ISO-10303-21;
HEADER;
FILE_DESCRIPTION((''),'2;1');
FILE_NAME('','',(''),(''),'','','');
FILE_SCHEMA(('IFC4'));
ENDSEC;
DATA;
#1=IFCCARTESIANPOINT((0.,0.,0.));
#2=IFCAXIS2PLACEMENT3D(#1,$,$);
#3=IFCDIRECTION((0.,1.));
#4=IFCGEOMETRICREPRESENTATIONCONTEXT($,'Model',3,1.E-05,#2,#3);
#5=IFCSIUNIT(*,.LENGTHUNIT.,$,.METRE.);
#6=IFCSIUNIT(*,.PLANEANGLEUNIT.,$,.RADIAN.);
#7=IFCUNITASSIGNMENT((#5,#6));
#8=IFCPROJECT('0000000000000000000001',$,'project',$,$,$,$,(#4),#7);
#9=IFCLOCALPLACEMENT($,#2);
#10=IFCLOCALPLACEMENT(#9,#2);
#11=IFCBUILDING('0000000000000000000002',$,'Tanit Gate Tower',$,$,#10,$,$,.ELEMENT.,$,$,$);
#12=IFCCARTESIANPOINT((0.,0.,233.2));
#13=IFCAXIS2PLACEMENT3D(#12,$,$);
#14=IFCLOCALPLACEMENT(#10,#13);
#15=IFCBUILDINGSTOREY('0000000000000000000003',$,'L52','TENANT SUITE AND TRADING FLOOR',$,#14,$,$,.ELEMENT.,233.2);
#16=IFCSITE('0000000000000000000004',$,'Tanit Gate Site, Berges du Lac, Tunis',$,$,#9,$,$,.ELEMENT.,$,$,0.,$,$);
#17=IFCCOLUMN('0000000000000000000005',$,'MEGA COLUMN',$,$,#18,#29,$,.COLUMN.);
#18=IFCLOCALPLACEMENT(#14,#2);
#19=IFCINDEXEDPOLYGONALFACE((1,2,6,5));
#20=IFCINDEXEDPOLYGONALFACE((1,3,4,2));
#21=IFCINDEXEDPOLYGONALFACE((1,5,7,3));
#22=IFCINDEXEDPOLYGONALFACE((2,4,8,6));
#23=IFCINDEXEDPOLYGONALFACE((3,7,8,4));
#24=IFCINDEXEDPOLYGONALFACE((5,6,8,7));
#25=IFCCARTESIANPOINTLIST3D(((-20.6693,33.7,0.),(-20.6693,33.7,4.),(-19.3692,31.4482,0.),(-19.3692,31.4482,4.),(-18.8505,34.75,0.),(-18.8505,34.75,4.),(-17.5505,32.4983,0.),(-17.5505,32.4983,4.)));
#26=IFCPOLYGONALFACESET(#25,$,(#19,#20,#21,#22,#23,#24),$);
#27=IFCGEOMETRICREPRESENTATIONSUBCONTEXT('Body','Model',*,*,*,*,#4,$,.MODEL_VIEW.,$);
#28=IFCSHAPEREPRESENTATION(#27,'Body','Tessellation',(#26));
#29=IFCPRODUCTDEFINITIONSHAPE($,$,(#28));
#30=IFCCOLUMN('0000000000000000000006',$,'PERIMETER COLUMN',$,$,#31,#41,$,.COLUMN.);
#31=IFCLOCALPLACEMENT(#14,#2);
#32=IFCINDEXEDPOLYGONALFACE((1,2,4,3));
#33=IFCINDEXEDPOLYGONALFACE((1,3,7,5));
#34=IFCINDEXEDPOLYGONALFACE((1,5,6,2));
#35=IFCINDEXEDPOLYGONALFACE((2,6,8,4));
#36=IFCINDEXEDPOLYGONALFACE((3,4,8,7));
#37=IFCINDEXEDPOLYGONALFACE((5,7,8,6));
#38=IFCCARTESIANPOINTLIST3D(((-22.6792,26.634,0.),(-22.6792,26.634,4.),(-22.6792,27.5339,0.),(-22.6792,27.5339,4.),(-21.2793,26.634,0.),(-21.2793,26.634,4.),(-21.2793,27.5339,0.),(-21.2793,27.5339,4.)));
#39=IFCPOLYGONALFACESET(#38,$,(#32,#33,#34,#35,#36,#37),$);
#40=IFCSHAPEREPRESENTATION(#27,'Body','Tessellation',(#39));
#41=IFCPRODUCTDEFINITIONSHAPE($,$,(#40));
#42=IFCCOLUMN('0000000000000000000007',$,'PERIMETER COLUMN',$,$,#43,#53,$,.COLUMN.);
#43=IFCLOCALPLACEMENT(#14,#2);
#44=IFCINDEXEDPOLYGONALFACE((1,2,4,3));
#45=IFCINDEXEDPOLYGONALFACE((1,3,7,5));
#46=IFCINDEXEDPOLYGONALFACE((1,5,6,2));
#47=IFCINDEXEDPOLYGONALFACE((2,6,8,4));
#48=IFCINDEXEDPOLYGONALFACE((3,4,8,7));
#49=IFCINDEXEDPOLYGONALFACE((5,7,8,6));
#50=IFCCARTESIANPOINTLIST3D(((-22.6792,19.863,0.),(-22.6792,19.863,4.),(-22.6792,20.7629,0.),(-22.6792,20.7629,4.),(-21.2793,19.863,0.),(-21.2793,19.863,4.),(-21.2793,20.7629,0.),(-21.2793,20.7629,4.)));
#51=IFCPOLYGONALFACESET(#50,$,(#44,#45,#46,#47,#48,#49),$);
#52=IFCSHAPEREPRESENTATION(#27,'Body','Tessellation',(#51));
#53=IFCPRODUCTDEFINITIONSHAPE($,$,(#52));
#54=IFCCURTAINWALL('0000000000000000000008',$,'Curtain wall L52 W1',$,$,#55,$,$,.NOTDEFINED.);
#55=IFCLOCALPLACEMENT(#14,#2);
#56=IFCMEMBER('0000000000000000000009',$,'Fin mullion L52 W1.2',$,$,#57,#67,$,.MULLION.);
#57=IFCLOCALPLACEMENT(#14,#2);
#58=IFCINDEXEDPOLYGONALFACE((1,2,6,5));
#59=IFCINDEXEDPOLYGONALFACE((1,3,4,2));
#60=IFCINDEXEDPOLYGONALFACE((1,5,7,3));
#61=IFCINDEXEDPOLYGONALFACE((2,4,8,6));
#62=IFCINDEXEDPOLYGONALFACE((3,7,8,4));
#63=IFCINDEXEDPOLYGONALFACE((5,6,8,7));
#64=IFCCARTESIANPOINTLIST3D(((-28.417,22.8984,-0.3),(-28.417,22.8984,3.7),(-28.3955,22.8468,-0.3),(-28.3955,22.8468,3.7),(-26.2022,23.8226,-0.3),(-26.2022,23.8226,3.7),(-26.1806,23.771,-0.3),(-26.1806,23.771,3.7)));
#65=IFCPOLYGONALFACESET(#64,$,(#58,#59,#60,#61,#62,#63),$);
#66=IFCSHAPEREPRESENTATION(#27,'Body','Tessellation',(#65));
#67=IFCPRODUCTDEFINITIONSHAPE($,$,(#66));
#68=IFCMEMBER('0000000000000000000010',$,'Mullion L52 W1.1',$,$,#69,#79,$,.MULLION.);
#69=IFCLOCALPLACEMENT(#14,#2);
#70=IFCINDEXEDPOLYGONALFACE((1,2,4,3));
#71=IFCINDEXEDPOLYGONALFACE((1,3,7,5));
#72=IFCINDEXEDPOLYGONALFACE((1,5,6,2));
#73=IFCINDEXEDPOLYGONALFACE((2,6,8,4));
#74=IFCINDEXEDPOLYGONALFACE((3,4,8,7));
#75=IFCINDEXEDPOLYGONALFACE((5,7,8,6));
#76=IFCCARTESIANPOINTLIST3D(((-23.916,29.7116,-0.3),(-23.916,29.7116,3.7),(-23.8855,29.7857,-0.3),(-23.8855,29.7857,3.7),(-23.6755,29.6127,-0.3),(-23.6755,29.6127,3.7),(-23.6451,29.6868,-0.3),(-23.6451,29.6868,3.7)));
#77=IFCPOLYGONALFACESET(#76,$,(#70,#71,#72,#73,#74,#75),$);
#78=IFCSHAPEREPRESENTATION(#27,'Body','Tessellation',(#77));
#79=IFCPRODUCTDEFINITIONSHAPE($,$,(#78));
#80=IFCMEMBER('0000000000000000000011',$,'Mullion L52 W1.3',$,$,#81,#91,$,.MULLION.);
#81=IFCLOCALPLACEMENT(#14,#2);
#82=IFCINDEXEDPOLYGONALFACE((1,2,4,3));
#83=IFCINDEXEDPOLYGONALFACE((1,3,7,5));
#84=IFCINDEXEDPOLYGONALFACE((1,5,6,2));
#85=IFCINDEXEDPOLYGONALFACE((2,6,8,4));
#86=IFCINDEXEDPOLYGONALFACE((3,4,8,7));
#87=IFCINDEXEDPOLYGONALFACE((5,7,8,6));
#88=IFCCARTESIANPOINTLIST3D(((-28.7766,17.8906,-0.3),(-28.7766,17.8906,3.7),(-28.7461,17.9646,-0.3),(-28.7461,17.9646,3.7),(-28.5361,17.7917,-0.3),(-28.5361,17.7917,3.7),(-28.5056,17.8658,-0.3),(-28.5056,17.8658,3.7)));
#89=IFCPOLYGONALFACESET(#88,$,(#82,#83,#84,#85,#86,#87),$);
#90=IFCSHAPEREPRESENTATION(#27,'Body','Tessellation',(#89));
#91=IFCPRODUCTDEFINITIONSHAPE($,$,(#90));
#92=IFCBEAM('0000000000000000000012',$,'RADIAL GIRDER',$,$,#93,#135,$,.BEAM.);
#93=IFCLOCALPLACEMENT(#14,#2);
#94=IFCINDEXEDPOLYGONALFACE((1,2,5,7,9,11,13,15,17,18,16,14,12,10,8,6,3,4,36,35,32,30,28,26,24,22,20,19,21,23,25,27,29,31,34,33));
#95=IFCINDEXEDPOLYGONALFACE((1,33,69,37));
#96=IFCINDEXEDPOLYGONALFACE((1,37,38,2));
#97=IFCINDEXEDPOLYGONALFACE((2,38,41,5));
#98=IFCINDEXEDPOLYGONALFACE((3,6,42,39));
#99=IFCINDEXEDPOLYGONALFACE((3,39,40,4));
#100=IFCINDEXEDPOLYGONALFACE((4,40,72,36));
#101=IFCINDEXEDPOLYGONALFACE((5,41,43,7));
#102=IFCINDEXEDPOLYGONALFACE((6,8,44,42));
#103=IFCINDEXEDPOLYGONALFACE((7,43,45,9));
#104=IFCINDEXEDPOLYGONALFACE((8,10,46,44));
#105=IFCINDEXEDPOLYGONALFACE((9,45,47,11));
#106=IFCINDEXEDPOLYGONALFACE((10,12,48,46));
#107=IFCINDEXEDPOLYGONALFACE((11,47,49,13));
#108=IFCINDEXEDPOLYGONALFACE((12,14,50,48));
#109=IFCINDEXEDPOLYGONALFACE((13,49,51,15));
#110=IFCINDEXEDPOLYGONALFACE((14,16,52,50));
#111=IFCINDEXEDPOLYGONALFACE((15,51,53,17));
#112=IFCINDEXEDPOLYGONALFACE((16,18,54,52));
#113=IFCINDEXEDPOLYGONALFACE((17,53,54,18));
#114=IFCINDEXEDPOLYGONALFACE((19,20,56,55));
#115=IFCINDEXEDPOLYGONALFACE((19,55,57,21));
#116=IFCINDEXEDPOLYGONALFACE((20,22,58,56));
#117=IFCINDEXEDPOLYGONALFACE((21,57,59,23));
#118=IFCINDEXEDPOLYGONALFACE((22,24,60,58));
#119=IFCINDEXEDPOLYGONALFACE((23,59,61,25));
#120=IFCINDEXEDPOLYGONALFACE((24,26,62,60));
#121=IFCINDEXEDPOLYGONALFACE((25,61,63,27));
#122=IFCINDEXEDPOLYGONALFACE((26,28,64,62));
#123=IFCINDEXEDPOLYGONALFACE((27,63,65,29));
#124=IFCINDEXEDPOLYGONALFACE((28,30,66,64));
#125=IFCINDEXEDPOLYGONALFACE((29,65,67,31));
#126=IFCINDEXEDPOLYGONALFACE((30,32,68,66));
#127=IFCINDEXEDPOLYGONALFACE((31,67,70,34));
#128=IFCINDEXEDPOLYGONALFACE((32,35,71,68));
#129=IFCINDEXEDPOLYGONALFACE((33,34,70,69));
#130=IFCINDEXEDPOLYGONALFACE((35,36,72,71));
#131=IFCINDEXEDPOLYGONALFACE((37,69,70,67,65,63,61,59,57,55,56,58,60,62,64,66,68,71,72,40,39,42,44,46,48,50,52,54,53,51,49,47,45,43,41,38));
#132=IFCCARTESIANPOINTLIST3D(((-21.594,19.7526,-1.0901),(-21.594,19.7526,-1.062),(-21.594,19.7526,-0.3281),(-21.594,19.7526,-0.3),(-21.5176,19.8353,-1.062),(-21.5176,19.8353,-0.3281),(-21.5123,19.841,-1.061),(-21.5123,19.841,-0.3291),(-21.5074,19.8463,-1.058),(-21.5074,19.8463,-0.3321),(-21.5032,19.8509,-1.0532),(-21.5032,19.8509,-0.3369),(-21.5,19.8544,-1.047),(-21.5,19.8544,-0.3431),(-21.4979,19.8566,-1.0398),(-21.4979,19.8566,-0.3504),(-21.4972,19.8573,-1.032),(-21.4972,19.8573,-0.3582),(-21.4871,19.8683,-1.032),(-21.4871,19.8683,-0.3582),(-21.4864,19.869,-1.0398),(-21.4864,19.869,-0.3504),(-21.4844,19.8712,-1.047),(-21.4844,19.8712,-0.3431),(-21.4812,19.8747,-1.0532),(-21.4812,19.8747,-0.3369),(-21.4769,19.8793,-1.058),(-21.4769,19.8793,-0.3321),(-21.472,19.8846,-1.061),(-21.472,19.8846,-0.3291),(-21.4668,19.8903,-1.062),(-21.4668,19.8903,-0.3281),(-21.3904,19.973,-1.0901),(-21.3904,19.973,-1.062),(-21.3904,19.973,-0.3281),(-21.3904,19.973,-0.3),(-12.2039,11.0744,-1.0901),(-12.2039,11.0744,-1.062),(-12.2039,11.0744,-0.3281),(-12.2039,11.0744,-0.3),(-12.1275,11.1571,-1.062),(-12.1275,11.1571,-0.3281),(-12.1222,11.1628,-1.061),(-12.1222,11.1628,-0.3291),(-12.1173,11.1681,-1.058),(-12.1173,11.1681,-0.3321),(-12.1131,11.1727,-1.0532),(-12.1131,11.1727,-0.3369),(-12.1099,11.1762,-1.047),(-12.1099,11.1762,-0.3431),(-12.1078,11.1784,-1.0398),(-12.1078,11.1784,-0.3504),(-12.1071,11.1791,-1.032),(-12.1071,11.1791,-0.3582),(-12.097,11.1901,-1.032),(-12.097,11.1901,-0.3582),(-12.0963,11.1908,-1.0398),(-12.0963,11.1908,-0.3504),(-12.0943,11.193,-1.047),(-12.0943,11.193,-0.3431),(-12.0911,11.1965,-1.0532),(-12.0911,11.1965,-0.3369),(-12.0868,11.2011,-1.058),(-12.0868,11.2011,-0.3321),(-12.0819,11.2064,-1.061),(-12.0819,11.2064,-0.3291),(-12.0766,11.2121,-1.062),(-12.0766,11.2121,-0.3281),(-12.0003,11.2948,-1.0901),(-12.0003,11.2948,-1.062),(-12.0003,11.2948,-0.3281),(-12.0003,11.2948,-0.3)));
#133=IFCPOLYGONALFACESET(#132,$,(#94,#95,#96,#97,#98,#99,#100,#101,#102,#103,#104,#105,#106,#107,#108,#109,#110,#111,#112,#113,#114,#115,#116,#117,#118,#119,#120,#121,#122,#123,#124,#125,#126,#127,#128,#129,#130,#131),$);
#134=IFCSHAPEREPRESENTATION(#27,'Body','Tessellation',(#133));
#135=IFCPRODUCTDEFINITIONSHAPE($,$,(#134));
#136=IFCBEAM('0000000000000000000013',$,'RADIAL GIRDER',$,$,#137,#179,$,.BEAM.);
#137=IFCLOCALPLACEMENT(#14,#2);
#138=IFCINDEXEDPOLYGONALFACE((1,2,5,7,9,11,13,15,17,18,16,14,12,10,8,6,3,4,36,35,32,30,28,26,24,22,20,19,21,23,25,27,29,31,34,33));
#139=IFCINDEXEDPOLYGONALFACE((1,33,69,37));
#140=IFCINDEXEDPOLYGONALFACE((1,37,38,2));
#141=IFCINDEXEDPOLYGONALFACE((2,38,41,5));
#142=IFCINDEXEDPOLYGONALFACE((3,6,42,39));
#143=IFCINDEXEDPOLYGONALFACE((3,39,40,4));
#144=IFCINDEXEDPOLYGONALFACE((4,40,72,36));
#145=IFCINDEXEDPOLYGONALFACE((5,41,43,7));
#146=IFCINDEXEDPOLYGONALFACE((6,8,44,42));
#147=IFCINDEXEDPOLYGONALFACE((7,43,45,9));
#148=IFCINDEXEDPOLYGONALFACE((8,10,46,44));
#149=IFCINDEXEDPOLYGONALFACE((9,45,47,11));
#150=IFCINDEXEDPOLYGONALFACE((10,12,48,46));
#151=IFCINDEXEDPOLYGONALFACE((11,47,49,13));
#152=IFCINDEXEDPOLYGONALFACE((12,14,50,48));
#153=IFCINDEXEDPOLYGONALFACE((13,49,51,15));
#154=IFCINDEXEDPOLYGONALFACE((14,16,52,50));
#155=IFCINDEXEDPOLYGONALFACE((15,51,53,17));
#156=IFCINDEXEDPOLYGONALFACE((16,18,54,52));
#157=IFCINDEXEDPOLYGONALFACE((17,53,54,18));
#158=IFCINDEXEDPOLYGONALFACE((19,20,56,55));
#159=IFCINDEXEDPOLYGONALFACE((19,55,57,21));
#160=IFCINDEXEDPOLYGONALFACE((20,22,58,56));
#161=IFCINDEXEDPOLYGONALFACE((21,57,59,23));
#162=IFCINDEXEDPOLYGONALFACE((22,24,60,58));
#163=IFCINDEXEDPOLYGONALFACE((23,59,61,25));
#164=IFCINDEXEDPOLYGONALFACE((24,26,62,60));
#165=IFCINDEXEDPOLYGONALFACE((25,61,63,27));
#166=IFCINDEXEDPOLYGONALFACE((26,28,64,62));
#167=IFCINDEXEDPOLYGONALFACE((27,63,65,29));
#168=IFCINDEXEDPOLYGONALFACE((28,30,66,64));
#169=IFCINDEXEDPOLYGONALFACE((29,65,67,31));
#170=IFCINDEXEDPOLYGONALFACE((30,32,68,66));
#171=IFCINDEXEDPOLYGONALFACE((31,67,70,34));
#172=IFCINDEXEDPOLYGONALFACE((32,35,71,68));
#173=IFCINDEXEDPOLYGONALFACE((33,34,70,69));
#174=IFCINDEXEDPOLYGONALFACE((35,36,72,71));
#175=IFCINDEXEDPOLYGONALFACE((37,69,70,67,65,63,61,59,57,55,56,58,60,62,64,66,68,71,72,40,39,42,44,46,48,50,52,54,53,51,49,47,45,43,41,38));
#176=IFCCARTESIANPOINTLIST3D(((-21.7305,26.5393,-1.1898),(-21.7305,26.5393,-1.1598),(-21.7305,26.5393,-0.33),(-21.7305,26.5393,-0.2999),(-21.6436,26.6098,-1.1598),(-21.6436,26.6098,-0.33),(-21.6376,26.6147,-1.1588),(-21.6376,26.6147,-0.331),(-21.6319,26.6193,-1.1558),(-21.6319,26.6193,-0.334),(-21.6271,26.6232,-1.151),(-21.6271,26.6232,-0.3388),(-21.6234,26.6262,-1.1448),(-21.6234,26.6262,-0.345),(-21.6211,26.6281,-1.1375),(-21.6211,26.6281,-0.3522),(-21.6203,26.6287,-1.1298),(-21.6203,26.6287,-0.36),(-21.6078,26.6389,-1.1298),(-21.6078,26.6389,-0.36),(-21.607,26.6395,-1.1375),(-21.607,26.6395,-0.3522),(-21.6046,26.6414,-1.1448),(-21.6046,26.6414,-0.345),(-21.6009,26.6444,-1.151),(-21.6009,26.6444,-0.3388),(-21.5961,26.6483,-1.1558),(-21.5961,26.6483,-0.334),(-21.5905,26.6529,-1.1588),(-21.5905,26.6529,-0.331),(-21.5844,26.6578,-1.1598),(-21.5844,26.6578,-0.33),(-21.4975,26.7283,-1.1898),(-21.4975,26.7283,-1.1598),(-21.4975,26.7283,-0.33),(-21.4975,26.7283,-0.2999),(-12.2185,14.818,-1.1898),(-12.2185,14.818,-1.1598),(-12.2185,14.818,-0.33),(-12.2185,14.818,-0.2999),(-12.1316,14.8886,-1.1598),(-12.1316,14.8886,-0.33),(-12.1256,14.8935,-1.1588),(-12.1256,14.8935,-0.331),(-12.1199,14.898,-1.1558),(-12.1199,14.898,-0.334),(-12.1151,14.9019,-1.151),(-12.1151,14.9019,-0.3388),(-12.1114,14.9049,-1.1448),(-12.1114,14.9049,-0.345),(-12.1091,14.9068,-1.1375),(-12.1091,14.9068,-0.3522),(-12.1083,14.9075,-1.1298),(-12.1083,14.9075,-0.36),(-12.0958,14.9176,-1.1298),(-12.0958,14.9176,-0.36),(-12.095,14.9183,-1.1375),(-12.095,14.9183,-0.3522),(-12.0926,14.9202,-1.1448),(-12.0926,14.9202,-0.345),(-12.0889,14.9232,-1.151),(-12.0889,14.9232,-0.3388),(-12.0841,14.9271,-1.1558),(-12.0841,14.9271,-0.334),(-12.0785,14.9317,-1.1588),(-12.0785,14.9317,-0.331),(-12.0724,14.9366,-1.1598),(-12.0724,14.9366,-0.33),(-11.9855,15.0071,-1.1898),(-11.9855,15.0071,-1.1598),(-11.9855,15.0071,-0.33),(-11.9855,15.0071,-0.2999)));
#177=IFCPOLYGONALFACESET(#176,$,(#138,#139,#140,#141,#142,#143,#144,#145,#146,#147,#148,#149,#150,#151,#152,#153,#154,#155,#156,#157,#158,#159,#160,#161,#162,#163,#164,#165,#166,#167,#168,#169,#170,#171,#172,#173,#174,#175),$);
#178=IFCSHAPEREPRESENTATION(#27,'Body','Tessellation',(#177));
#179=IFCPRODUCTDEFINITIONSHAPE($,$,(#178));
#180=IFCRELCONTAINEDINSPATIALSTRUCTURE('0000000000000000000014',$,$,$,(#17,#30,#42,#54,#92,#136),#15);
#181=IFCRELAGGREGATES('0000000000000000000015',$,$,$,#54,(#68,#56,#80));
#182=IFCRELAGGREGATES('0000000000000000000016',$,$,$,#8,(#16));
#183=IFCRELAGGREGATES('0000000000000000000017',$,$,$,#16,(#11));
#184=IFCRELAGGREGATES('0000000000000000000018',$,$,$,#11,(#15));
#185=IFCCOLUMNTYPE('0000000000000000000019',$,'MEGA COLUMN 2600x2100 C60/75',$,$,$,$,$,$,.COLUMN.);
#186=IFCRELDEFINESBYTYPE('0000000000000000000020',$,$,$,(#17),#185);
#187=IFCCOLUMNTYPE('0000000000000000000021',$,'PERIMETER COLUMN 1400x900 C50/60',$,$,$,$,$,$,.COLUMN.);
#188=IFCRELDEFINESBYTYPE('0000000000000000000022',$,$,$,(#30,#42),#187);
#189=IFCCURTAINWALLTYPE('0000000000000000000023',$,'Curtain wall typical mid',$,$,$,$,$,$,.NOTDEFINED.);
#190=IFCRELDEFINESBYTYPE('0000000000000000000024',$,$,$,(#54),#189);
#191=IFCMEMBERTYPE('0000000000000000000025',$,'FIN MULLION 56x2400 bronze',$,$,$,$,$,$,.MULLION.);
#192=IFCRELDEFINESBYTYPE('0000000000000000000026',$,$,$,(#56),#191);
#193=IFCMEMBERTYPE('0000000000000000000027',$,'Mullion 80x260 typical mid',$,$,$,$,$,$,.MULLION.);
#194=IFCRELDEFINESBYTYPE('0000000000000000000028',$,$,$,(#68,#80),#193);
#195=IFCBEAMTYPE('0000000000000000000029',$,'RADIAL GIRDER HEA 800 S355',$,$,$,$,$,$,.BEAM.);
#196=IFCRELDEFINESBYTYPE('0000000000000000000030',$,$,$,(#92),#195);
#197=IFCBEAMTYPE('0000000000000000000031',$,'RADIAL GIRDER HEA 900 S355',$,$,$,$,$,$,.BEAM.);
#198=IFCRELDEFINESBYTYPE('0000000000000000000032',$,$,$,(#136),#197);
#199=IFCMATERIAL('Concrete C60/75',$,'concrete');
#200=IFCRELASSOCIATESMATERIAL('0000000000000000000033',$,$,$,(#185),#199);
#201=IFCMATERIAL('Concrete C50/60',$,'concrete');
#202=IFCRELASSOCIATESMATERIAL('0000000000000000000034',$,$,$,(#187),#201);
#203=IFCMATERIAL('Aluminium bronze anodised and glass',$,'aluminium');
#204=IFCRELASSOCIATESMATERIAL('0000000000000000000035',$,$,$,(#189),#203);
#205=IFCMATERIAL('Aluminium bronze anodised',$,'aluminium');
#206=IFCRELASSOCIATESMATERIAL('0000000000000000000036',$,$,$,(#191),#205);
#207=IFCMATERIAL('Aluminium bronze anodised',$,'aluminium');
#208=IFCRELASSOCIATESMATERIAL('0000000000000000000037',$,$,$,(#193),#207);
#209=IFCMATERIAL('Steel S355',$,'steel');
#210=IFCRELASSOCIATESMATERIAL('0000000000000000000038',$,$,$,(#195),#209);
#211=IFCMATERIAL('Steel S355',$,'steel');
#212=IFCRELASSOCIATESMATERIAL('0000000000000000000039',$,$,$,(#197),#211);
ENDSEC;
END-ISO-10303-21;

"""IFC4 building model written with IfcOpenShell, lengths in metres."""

from ifc_helpers import new_model, si_unit, direction, frame, origin, origin_2d, place, context, subcontext, project, spatial, rectangle, i_section, extrude, material, material_profile, profile_set, type_object, element, aggregate, save


model = new_model("IFC4")

# Units and contexts
model_context = context("Model", 3, precision=1e-05, world=origin(), true_north=direction((0.0, 1.0)))
body_context = subcontext(model_context, "Body", "Model", "MODEL_VIEW")
ifc_project = project(units=[si_unit("LENGTHUNIT", "METRE"), si_unit("PLANEANGLEUNIT", "RADIAN")], contexts=[model_context])

# Site, building, storey
site_placement = place(None, origin())
site = spatial("IfcSite", under=ifc_project, at=site_placement, Name="Tanit Gate Site, Berges du Lac, Tunis", CompositionType="ELEMENT", RefElevation=0.0)
building_placement = place(site_placement, origin())
building = spatial("IfcBuilding", under=site, at=building_placement, Name="Tanit Gate Tower", CompositionType="ELEMENT")
storey_placement = place(building_placement, frame((0.0, 0.0, 233.2)))
storey = spatial("IfcBuildingStorey", under=building, at=storey_placement, Name="L52", Description="TENANT SUITE AND TRADING FLOOR", CompositionType="ELEMENT", Elevation=233.2)

# Columns
ifc_material_1 = material(Name="Concrete C60/75", Category="concrete")
ifc_material_profile_1 = material_profile(ifc_material_1, rectangle(XDim=2.6001, YDim=2.1001, at=origin_2d()), Name="RC 2600x2100")
ifc_profile_set_1 = profile_set([ifc_material_profile_1], Name="Concrete C60/75")
column_type_1 = type_object("IfcColumnType", Name="MEGA COLUMN 2600x2100 C60/75", PredefinedType="COLUMN", material=ifc_profile_set_1)
column_placement = place(storey_placement, frame((-19.1099, 33.0991, 0.0), z_axis=(0.0, 0.0, 1.0), x_axis=(-0.5, 0.866025, 0.0)))
element("IfcColumn", 1, at=column_placement, inside=storey, type_object=column_type_1, Name="MEGA COLUMN", PredefinedType="COLUMN", context=body_context, shape_type="SweptSolid", body=[
    extrude(rectangle(XDim=2.6001, YDim=2.1001, at=origin_2d()), origin(), (0.0, 0.0, 1.0), 4.0),
])
ifc_material_2 = material(Name="Concrete C50/60", Category="concrete")
ifc_material_profile_2 = material_profile(ifc_material_2, rectangle(XDim=1.3999, YDim=0.8999, at=origin_2d()), Name="RC 1400x900")
ifc_profile_set_2 = profile_set([ifc_material_profile_2], Name="Concrete C50/60")
column_type_2 = type_object("IfcColumnType", Name="PERIMETER COLUMN 1400x900 C50/60", PredefinedType="COLUMN", material=ifc_profile_set_2)
for number, where, z_axis, x_axis, name in (
    (2, (-21.9792, 27.084, 0.0), (0.0, 0.0, 1.0), (-1.0, 0.0, 0.0), "PERIMETER COLUMN"),
    (3, (-21.9792, 20.313, 0.0), (0.0, 0.0, 1.0), (-1.0, 0.0, 0.0), "PERIMETER COLUMN"),
):
    element("IfcColumn", number, at=place(storey_placement, frame(where, z_axis=z_axis, x_axis=x_axis)), inside=storey, type_object=column_type_2, Name=name, PredefinedType="COLUMN", context=body_context, shape_type="SweptSolid", body=[
        extrude(rectangle(XDim=1.3999, YDim=0.8999, at=origin_2d()), origin(), (0.0, 0.0, 1.0), 4.0),
    ])

# Curtain wall, members
ifc_material_3 = material(Name="Aluminium bronze anodised and glass", Category="aluminium")
curtain_wall_type = type_object("IfcCurtainWallType", Name="Curtain wall typical mid", PredefinedType="NOTDEFINED", material=ifc_material_3)
curtain_wall_placement = place(storey_placement, origin())
curtain_wall = element("IfcCurtainWall", 4, at=curtain_wall_placement, inside=storey, type_object=curtain_wall_type, Name="Curtain wall L52 W1", PredefinedType="NOTDEFINED")
ifc_material_4 = material(Name="Aluminium bronze anodised", Category="aluminium")
ifc_material_profile_3 = material_profile(ifc_material_4, rectangle(XDim=2.3999, YDim=0.0559, at=origin_2d()), Name="56x2400 bronze fin mullion")
ifc_profile_set_3 = profile_set([ifc_material_profile_3], Name="Aluminium bronze anodised")
member_type_1 = type_object("IfcMemberType", Name="FIN MULLION 56x2400 bronze", PredefinedType="MULLION", material=ifc_profile_set_3)
member_1_placement = place(storey_placement, frame((-27.2988, 23.3347, -0.3), z_axis=(0.0, 0.0, 1.0), x_axis=(0.922886, 0.385074, 0.0)))
member_1 = element("IfcMember", 5, at=member_1_placement, type_object=member_type_1, Name="Fin mullion L52 W1.2", PredefinedType="MULLION", context=body_context, shape_type="SweptSolid", body=[
    extrude(rectangle(XDim=2.3999, YDim=0.0559, at=origin_2d()), origin(), (0.0, 0.0, 1.0), 4.0),
])
ifc_material_5 = material(Name="Aluminium bronze anodised", Category="aluminium")
ifc_material_profile_4 = material_profile(ifc_material_5, rectangle(XDim=0.26, YDim=0.0801, at=origin_2d()), Name="80x260 bronze mullion")
ifc_profile_set_4 = profile_set([ifc_material_profile_4], Name="Aluminium bronze anodised")
member_type_2 = type_object("IfcMemberType", Name="Mullion 80x260 typical mid", PredefinedType="MULLION", material=ifc_profile_set_4)
member_2_placement = place(storey_placement, frame((-23.7805, 29.6992, -0.3), z_axis=(0.0, 0.0, 1.0), x_axis=(0.924867, -0.38029, 0.0)))
member_2 = element("IfcMember", 6, at=member_2_placement, type_object=member_type_2, Name="Mullion L52 W1.1", PredefinedType="MULLION", context=body_context, shape_type="SweptSolid", body=[
    extrude(rectangle(XDim=0.26, YDim=0.0801, at=origin_2d()), origin(), (0.0, 0.0, 1.0), 4.0),
])
member_3_placement = place(storey_placement, frame((-28.6411, 17.8782, -0.3), z_axis=(0.0, 0.0, 1.0), x_axis=(0.924867, -0.38029, 0.0)))
member_3 = element("IfcMember", 7, at=member_3_placement, type_object=member_type_2, Name="Mullion L52 W1.3", PredefinedType="MULLION", context=body_context, shape_type="SweptSolid", body=[
    extrude(rectangle(XDim=0.26, YDim=0.0801, at=origin_2d()), origin(), (0.0, 0.0, 1.0), 4.0),
])

# Beams
ifc_material_6 = material(Name="Steel S355", Category="steel")
ifc_material_profile_5 = material_profile(ifc_material_6, i_section(OverallWidth=0.3, OverallDepth=0.79, WebThickness=0.0149, FlangeThickness=0.0281, FilletRadius=0.03, at=origin_2d()), Name="HEA 800")
ifc_profile_set_5 = profile_set([ifc_material_profile_5], Name="Steel S355")
beam_type_1 = type_object("IfcBeamType", Name="RADIAL GIRDER HEA 800 S355", PredefinedType="BEAM", material=ifc_profile_set_5)
beam_1_placement = place(storey_placement, frame((-21.4922, 19.8628, -0.6951), z_axis=(0.734398, -0.678719, 0.0), x_axis=(0.678719, 0.734398, 0.0)))
element("IfcBeam", 8, at=beam_1_placement, inside=storey, type_object=beam_type_1, Name="RADIAL GIRDER", PredefinedType="BEAM", context=body_context, shape_type="SweptSolid", body=[
    extrude(i_section(OverallWidth=0.3, OverallDepth=0.79, WebThickness=0.0149, FlangeThickness=0.0281, FilletRadius=0.03, at=origin_2d()), origin(), (0.0, 0.0, 1.0), 12.7861),
])
ifc_material_7 = material(Name="Steel S355", Category="steel")
ifc_material_profile_6 = material_profile(ifc_material_7, i_section(OverallWidth=0.3, OverallDepth=0.8899, WebThickness=0.0161, FlangeThickness=0.03, FilletRadius=0.03, at=origin_2d()), Name="HEA 900")
ifc_profile_set_6 = profile_set([ifc_material_profile_6], Name="Steel S355")
beam_type_2 = type_object("IfcBeamType", Name="RADIAL GIRDER HEA 900 S355", PredefinedType="BEAM", material=ifc_profile_set_6)
beam_2_placement = place(storey_placement, frame((-21.614, 26.6338, -0.7449), z_axis=(0.630133, -0.776487, 0.0), x_axis=(0.776487, 0.630133, 0.0)))
element("IfcBeam", 9, at=beam_2_placement, inside=storey, type_object=beam_type_2, Name="RADIAL GIRDER", PredefinedType="BEAM", context=body_context, shape_type="SweptSolid", body=[
    extrude(i_section(OverallWidth=0.3, OverallDepth=0.8899, WebThickness=0.0161, FlangeThickness=0.03, FilletRadius=0.03, at=origin_2d()), origin(), (0.0, 0.0, 1.0), 15.0952),
])

aggregate(curtain_wall, [member_2, member_1, member_3])

save(model, "model.ifc")
